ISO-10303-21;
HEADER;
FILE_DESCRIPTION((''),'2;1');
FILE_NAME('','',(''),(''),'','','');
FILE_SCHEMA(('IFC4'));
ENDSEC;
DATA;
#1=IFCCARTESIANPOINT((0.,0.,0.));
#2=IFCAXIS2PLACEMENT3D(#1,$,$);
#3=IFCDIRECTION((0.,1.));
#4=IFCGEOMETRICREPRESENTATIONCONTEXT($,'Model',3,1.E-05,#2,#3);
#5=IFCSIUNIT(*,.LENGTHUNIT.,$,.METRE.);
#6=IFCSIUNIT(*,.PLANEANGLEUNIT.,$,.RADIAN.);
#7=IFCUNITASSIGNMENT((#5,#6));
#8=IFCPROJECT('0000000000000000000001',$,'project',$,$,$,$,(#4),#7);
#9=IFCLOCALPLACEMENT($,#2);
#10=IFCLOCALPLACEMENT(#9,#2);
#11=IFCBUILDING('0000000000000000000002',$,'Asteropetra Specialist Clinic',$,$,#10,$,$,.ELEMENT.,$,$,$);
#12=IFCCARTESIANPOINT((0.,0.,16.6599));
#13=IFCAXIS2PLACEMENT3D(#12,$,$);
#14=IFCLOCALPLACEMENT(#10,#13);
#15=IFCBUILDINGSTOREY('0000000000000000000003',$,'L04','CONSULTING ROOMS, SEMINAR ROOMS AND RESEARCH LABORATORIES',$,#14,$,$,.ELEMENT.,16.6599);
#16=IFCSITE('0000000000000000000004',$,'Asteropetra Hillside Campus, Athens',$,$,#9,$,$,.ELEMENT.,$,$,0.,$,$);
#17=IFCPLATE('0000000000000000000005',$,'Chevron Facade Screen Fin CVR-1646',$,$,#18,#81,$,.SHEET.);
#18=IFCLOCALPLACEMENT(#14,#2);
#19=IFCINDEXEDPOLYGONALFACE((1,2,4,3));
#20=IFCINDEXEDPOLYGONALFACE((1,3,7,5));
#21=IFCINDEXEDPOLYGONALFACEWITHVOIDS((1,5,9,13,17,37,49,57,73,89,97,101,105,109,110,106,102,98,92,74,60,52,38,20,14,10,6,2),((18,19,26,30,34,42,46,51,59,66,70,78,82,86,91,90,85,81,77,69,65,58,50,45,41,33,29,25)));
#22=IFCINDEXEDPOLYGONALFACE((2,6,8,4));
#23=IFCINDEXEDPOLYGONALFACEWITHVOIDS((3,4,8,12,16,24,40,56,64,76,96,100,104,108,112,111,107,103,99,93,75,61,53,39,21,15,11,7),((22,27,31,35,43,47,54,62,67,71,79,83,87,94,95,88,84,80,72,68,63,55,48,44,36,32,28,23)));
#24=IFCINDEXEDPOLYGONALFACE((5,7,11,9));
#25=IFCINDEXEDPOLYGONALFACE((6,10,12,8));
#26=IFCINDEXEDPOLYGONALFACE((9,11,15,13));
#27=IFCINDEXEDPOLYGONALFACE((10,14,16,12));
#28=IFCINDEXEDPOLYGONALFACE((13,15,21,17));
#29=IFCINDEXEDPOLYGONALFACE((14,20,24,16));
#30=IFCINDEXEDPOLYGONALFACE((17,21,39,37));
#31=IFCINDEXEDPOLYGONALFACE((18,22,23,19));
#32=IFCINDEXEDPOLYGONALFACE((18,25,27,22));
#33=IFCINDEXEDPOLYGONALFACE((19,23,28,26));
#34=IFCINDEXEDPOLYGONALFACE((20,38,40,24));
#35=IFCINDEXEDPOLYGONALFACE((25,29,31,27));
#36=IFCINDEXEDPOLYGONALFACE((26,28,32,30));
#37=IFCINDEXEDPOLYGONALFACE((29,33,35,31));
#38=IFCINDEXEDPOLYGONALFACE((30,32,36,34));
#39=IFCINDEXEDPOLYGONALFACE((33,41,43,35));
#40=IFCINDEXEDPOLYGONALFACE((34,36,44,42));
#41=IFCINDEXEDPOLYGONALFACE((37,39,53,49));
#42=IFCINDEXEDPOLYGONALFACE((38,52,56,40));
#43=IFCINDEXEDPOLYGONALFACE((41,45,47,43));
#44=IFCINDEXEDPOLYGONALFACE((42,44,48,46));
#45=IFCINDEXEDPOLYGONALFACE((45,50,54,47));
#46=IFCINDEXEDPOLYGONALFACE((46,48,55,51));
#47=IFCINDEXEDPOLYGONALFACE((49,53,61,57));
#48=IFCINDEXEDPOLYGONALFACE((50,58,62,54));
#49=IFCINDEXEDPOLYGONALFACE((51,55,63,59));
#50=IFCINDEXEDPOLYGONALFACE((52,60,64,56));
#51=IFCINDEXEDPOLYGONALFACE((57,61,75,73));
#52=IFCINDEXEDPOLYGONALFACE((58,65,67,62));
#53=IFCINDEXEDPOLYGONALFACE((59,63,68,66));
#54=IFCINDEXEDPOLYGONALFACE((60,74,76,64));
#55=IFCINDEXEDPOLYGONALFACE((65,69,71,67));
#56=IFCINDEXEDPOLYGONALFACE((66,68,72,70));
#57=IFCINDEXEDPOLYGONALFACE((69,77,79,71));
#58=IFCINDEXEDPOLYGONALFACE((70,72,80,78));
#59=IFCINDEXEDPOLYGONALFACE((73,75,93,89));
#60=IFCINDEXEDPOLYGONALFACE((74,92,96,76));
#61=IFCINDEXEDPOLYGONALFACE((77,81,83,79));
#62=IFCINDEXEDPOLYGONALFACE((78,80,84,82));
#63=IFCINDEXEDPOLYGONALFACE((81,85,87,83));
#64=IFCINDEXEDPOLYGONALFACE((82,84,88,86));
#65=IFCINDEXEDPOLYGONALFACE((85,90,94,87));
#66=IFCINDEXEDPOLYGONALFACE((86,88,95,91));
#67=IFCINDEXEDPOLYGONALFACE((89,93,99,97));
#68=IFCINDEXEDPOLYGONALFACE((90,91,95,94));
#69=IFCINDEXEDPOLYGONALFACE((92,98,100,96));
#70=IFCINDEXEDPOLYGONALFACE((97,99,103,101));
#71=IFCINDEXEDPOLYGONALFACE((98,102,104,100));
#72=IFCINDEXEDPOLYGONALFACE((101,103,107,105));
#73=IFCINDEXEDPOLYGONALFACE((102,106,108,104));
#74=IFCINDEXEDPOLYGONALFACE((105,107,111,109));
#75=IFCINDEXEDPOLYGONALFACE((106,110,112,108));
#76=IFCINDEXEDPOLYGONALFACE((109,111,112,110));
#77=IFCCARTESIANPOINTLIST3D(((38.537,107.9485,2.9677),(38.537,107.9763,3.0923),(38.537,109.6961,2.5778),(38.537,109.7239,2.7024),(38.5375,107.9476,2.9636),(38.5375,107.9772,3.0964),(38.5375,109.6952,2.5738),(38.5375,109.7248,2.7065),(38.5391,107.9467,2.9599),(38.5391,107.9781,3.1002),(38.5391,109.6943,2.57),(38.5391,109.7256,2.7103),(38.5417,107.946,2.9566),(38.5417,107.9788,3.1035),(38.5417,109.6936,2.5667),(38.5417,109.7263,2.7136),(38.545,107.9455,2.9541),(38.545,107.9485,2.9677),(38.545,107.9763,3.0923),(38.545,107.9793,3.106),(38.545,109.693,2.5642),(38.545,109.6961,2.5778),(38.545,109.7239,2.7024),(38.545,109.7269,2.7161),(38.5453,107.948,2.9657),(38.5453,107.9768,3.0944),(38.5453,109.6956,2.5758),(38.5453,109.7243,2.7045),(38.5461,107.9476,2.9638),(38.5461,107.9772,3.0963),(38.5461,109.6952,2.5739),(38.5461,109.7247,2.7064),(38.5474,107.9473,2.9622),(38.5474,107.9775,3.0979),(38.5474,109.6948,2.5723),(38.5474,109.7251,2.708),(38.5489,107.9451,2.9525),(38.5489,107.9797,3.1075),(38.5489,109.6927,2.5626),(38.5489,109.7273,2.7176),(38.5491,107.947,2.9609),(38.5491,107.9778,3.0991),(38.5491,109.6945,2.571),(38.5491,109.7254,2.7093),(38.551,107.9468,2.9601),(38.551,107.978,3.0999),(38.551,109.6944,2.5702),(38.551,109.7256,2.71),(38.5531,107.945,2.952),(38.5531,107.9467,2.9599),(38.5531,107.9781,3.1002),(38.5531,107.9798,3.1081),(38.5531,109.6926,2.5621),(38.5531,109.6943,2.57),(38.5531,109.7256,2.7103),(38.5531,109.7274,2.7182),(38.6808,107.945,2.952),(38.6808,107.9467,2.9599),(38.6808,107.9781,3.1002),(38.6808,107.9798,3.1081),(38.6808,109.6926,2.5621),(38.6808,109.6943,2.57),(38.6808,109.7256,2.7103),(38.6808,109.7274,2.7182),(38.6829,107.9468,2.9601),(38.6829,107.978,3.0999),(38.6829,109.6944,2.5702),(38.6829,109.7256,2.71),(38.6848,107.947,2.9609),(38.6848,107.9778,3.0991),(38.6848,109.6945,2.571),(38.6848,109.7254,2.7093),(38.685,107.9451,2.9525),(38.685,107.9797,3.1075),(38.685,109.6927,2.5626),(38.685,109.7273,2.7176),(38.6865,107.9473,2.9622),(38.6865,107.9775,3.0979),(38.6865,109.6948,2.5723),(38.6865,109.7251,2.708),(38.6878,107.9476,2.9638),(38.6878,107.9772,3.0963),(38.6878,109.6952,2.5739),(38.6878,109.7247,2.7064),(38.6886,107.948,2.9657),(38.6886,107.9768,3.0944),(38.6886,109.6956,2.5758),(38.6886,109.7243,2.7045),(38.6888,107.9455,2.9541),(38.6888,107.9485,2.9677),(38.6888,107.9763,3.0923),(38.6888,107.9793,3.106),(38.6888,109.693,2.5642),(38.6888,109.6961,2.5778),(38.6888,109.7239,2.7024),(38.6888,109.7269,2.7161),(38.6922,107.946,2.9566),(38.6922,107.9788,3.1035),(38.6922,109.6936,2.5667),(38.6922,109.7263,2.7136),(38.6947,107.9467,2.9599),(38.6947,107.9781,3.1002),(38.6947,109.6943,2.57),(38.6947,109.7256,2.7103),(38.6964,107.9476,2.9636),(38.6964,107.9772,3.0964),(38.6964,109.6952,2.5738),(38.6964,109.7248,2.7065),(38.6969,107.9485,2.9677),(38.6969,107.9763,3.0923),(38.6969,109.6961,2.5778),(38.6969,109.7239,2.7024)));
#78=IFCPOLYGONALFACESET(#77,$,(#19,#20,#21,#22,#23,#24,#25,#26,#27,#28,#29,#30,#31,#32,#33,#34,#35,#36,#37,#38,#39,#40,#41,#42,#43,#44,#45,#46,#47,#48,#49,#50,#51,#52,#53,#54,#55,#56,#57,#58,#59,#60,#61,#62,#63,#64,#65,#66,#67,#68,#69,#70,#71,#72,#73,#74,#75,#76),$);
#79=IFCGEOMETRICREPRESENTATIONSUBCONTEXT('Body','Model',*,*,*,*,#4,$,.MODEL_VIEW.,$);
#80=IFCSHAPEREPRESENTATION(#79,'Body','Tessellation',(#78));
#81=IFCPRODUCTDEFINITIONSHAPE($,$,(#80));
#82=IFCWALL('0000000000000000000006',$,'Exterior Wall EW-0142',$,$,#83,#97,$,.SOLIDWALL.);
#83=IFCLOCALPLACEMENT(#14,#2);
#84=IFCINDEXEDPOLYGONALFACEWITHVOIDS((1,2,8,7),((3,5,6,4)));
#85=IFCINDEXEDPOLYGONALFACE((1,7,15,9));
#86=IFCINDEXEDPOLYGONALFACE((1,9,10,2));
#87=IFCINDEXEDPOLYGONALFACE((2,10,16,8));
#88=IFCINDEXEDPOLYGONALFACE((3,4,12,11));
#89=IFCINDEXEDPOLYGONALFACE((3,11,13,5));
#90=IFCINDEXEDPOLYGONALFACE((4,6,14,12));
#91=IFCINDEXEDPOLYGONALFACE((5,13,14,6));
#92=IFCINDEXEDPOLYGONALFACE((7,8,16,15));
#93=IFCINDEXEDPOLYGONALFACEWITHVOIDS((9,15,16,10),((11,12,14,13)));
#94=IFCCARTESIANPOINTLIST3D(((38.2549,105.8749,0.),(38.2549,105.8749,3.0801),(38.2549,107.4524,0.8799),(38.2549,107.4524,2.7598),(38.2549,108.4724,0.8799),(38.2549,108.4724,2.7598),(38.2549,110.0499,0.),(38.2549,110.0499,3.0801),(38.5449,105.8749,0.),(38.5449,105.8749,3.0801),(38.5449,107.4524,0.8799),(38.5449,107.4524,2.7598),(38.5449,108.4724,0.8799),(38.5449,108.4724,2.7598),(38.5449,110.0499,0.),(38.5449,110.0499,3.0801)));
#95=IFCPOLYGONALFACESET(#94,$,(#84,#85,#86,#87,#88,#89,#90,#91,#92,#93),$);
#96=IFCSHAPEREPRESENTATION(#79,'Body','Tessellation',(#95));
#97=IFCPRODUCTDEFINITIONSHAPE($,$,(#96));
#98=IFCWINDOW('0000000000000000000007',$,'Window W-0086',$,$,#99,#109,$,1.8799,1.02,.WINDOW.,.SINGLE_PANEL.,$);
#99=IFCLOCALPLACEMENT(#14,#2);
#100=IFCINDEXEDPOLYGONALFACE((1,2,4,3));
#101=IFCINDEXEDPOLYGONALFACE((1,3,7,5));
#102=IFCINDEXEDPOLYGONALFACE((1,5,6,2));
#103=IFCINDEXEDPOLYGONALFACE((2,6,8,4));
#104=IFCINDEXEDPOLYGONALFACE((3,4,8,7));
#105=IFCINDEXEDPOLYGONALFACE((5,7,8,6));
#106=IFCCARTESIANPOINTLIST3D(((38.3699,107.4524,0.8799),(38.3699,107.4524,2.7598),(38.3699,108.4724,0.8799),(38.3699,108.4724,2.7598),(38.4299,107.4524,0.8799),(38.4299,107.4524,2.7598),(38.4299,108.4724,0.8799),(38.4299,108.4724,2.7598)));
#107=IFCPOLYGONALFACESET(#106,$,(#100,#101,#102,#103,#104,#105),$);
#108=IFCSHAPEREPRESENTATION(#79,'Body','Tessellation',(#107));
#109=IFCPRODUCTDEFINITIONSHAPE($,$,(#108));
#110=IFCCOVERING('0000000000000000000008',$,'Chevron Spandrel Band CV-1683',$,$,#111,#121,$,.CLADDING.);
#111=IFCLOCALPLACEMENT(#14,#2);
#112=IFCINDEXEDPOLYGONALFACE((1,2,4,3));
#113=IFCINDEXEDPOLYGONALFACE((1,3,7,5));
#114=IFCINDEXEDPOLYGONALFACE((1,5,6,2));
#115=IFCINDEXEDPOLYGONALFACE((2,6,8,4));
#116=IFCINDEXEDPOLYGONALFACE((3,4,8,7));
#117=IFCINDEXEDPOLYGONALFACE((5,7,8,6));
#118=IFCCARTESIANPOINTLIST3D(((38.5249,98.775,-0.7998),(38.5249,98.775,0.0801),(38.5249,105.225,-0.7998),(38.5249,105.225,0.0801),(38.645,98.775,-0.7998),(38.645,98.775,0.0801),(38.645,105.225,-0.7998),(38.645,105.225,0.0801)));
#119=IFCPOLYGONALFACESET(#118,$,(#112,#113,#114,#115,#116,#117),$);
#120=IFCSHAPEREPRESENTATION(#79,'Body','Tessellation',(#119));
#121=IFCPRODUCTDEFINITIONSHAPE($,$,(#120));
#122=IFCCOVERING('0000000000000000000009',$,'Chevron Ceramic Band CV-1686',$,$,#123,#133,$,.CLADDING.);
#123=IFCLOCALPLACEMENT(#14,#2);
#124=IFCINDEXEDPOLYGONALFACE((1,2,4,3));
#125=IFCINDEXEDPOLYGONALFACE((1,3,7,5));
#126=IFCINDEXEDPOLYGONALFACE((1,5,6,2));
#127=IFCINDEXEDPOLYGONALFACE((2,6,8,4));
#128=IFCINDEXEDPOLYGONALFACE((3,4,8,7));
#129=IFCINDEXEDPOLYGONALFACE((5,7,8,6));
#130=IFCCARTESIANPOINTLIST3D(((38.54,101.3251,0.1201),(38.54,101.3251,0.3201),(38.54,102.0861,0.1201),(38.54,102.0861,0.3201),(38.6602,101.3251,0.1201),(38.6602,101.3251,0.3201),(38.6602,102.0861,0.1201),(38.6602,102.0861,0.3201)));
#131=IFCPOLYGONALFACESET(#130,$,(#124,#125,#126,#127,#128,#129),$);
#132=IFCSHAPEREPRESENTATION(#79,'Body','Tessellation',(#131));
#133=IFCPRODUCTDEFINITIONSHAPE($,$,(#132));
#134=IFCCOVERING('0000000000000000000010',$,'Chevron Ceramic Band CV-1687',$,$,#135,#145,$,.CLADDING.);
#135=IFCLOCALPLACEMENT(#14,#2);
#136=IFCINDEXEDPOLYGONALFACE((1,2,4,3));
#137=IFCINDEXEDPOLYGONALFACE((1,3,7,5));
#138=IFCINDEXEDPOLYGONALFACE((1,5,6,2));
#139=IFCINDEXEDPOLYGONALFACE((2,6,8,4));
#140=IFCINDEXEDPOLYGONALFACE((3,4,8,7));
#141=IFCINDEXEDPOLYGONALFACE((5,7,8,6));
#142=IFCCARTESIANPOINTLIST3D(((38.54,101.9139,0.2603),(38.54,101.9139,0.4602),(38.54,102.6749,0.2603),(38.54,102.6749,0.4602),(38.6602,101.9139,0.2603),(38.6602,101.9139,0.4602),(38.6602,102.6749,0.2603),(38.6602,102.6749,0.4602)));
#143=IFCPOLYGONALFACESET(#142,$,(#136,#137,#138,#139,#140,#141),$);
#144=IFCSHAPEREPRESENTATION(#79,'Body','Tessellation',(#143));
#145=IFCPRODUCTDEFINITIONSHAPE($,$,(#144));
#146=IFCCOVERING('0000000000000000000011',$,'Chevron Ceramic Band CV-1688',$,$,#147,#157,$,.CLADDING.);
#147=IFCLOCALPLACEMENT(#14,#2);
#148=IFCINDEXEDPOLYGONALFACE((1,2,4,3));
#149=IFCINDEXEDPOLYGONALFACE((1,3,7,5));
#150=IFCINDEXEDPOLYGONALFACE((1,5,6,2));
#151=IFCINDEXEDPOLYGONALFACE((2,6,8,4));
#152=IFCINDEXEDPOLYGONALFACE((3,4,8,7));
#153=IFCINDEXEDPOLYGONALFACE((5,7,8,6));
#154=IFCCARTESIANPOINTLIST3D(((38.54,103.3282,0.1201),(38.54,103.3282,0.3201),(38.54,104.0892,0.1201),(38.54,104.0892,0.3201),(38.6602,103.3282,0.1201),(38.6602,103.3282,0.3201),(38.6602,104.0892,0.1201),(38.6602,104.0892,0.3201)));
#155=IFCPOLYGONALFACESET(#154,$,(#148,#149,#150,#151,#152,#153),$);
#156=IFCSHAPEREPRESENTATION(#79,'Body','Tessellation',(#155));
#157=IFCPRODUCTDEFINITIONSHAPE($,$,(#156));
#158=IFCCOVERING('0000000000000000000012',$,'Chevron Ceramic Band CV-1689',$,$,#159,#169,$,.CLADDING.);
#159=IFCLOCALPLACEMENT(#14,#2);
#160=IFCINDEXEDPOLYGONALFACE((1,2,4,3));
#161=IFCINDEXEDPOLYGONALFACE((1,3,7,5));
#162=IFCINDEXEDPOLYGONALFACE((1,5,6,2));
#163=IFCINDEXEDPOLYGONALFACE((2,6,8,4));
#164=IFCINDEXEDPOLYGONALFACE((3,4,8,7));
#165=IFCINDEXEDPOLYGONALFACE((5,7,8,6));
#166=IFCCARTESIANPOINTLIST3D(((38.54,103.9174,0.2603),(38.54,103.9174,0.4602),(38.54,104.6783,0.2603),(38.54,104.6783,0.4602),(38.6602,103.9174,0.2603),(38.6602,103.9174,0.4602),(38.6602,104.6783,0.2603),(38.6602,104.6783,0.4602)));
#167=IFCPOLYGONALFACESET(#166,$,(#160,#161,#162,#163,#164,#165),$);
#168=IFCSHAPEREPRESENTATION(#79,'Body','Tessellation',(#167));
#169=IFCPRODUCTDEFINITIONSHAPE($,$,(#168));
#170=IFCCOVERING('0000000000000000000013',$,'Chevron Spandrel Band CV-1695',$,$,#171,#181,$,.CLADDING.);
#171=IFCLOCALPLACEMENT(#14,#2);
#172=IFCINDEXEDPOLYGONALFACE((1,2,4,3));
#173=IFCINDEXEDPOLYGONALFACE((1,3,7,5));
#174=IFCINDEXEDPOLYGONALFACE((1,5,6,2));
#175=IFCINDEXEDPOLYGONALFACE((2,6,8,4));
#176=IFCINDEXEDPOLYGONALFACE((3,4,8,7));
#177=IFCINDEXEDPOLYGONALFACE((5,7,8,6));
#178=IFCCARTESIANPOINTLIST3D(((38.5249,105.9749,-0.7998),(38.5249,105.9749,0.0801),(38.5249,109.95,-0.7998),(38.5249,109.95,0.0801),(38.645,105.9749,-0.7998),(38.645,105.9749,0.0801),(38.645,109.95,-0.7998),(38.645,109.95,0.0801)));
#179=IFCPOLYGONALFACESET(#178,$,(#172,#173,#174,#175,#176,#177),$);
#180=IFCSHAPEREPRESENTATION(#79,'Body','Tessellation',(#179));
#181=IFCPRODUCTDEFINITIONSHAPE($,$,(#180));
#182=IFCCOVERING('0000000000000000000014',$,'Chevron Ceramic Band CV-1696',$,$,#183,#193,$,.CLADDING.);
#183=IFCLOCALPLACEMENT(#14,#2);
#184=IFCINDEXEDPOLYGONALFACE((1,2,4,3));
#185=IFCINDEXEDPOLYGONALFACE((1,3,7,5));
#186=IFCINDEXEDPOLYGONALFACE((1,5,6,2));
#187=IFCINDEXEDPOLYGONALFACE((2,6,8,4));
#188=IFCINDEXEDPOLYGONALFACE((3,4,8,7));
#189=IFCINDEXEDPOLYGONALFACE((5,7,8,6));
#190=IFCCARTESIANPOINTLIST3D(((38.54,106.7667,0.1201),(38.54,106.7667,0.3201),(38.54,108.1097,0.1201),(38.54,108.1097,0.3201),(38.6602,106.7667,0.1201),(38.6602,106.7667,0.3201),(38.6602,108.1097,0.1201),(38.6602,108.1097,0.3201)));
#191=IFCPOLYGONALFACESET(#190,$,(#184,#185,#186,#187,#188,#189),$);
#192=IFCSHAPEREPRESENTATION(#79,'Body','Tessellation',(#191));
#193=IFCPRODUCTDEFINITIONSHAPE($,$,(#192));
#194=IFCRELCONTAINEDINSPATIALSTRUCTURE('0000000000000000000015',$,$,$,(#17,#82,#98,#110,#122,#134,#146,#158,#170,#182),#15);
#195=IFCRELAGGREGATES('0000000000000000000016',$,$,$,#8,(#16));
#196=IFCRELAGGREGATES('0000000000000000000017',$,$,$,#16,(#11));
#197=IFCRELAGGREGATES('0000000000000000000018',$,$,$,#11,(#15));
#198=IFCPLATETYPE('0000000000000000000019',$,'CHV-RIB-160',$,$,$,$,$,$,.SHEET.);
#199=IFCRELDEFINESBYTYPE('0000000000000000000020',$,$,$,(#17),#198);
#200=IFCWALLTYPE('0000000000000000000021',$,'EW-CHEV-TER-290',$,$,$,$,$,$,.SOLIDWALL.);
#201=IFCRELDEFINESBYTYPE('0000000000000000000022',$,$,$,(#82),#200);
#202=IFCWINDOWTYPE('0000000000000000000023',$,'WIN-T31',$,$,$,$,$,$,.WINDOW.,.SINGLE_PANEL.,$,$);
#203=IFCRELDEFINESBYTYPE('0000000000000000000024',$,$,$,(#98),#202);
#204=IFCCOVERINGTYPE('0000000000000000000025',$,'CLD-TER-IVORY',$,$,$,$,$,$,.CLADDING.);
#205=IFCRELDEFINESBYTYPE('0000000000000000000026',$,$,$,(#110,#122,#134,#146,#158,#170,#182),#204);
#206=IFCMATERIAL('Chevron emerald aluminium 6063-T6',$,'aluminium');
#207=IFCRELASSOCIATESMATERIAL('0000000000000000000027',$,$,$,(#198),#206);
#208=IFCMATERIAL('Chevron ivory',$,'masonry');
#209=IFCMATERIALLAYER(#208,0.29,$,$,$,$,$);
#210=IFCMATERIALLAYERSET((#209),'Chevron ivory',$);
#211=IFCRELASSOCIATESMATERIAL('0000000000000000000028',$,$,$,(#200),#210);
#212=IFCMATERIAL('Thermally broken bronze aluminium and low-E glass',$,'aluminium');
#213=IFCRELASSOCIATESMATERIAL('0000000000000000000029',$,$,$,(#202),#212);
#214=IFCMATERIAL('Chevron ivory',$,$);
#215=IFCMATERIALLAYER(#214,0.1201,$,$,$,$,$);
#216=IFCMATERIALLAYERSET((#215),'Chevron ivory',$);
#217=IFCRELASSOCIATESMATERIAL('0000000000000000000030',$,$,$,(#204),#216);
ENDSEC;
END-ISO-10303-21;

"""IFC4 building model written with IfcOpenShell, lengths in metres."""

from ifc_helpers import new_model, si_unit, direction, frame, frame_2d, origin, origin_2d, place, context, subcontext, project, spatial, rectangle, hollow_rectangle, extrude, material, layer, layer_set, material_profile, profile_set, type_object, element, fill, save


model = new_model("IFC4")

# Units and contexts
model_context = context("Model", 3, precision=1e-05, world=origin(), true_north=direction((0.0, 1.0)))
body_context = subcontext(model_context, "Body", "Model", "MODEL_VIEW")
ifc_project = project(units=[si_unit("LENGTHUNIT", "METRE"), si_unit("PLANEANGLEUNIT", "RADIAN")], contexts=[model_context])

# Site, building, storey
site_placement = place(None, origin())
site = spatial("IfcSite", under=ifc_project, at=site_placement, Name="Asteropetra Hillside Campus, Athens", CompositionType="ELEMENT", RefElevation=0.0)
building_placement = place(site_placement, origin())
building = spatial("IfcBuilding", under=site, at=building_placement, Name="Asteropetra Specialist Clinic", CompositionType="ELEMENT")
storey_placement = place(building_placement, frame((0.0, 0.0, 16.6599)))
storey = spatial("IfcBuildingStorey", under=building, at=storey_placement, Name="L04", Description="CONSULTING ROOMS, SEMINAR ROOMS AND RESEARCH LABORATORIES", CompositionType="ELEMENT", Elevation=16.6599)

# Plate
ifc_material_1 = material(Name="Chevron emerald aluminium 6063-T6", Category="aluminium")
ifc_material_profile_1 = material_profile(ifc_material_1, hollow_rectangle(XDim=0.1599, YDim=0.1599, WallThickness=0.0081, InnerFilletRadius=0.0081, OuterFilletRadius=0.0161, at=origin_2d()), Name="SHS 160x160x8.0")
ifc_profile_set_1 = profile_set([ifc_material_profile_1], Name="Chevron emerald aluminium 6063-T6")
plate_type = type_object("IfcPlateType", Name="CHV-RIB-160", PredefinedType="SHEET", material=ifc_profile_set_1)
plate_1_placement = place(storey_placement, frame((38.6169, 107.9624, 3.03), z_axis=(0.0, 0.976004, -0.217753), x_axis=(-1.0, 0.0, 0.0)))
element("IfcPlate", 1, at=plate_1_placement, inside=storey, type_object=plate_type, Name="Chevron Facade Screen Fin CVR-1646", PredefinedType="SHEET", context=body_context, shape_type="SweptSolid", body=[
    extrude(hollow_rectangle(XDim=0.1599, YDim=0.1599, WallThickness=0.0081, InnerFilletRadius=0.0081, OuterFilletRadius=0.0161, at=origin_2d()), origin(), (0.0, 0.0, 1.0), 1.7905),
])

# Wall, opening, window
ifc_material_2 = material(Name="Chevron ivory", Category="masonry")
ifc_layer_1 = layer(ifc_material_2, 0.29)
ifc_layer_set_1 = layer_set([ifc_layer_1], Name="Chevron ivory")
wall_type = type_object("IfcWallType", Name="EW-CHEV-TER-290", PredefinedType="SOLIDWALL", material=ifc_layer_set_1)
wall_placement = place(storey_placement, frame((38.3999, 105.875, 0.0), z_axis=(0.0, 0.0, 1.0), x_axis=(0.0, 1.0, 0.0)))
wall = element("IfcWall", 2, at=wall_placement, inside=storey, type_object=wall_type, Name="Exterior Wall EW-0142", PredefinedType="SOLIDWALL", context=body_context, shape_type="SweptSolid", body=[
    extrude(rectangle(XDim=4.175, YDim=0.29, at=frame_2d((2.0874, 0.0))), origin(), (0.0, 0.0, 1.0), 3.0801),
])
opening_placement = place(wall_placement, frame((1.5774, 0.0, 0.8799)))
opening = element("IfcOpeningElement", 3, at=opening_placement, cuts=wall, PredefinedType="OPENING", context=body_context, shape_type="SweptSolid", body=[
    extrude(rectangle(XDim=1.02, YDim=1.8799, at=frame_2d((0.51, 0.9399))), frame((0.0, 0.155, 0.0), z_axis=(0.0, -1.0, 0.0), x_axis=(1.0, 0.0, 0.0)), (0.0, 0.0, 1.0), 0.3101),
])
ifc_material_3 = material(Name="Thermally broken bronze aluminium and low-E glass", Category="aluminium")
window_type = type_object("IfcWindowType", Name="WIN-T31", PartitioningType="SINGLE_PANEL", PredefinedType="WINDOW", material=ifc_material_3)
window_placement = place(opening_placement, origin())
window = element("IfcWindow", 4, at=window_placement, inside=storey, type_object=window_type, Name="Window W-0086", OverallHeight=1.8799, OverallWidth=1.02, PartitioningType="SINGLE_PANEL", PredefinedType="WINDOW", context=body_context, shape_type="SweptSolid", body=[
    extrude(rectangle(XDim=1.02, YDim=1.8799, at=frame_2d((0.51, 0.9399))), frame((0.0, 0.03, 0.0), z_axis=(0.0, -1.0, 0.0), x_axis=(1.0, 0.0, 0.0)), (0.0, 0.0, 1.0), 0.0601),
])
fill(opening, window)

# Coverings
ifc_material_4 = material(Name="Chevron ivory")
ifc_layer_2 = layer(ifc_material_4, 0.1201)
ifc_layer_set_2 = layer_set([ifc_layer_2], Name="Chevron ivory")
covering_type_1 = type_object("IfcCoveringType", Name="CLD-TER-IVORY", PredefinedType="CLADDING", material=ifc_layer_set_2)
covering_1_placement = place(storey_placement, frame((38.585, 102.0, -0.7998), z_axis=(0.0, 0.0, 1.0), x_axis=(1.0, 0.0, 0.0)))
element("IfcCovering", 5, at=covering_1_placement, inside=storey, type_object=covering_type_1, Name="Chevron Spandrel Band CV-1683", PredefinedType="CLADDING", context=body_context, shape_type="SweptSolid", body=[
    extrude(rectangle(XDim=0.1201, YDim=6.45, at=origin_2d()), origin(), (0.0, 0.0, 1.0), 0.8799),
])
for number, where, z_axis, x_axis, name in (
    (6, (38.6001, 101.7056, 0.1201), (0.0, 0.0, 1.0), (1.0, 0.0, 0.0), "Chevron Ceramic Band CV-1686"),
    (7, (38.6001, 102.2944, 0.2603), (0.0, 0.0, 1.0), (1.0, 0.0, 0.0), "Chevron Ceramic Band CV-1687"),
    (8, (38.6001, 103.7087, 0.1201), (0.0, 0.0, 1.0), (1.0, 0.0, 0.0), "Chevron Ceramic Band CV-1688"),
    (9, (38.6001, 104.2979, 0.2603), (0.0, 0.0, 1.0), (1.0, 0.0, 0.0), "Chevron Ceramic Band CV-1689"),
):
    element("IfcCovering", number, at=place(storey_placement, frame(where, z_axis=z_axis, x_axis=x_axis)), inside=storey, type_object=covering_type_1, Name=name, PredefinedType="CLADDING", context=body_context, shape_type="SweptSolid", body=[
        extrude(rectangle(XDim=0.1201, YDim=0.761, at=origin_2d()), origin(), (0.0, 0.0, 1.0), 0.2),
    ])
covering_2_placement = place(storey_placement, frame((38.585, 107.9624, -0.7998), z_axis=(0.0, 0.0, 1.0), x_axis=(1.0, 0.0, 0.0)))
element("IfcCovering", 10, at=covering_2_placement, inside=storey, type_object=covering_type_1, Name="Chevron Spandrel Band CV-1695", PredefinedType="CLADDING", context=body_context, shape_type="SweptSolid", body=[
    extrude(rectangle(XDim=0.1201, YDim=3.9751, at=origin_2d()), origin(), (0.0, 0.0, 1.0), 0.8799),
])
for number, where, z_axis, x_axis, name in (
    (11, (38.6001, 107.4382, 0.1201), (0.0, 0.0, 1.0), (1.0, 0.0, 0.0), "Chevron Ceramic Band CV-1696"),
):
    element("IfcCovering", number, at=place(storey_placement, frame(where, z_axis=z_axis, x_axis=x_axis)), inside=storey, type_object=covering_type_1, Name=name, PredefinedType="CLADDING", context=body_context, shape_type="SweptSolid", body=[
        extrude(rectangle(XDim=0.1201, YDim=1.343, at=origin_2d()), origin(), (0.0, 0.0, 1.0), 0.2),
    ])

save(model, "model.ifc")
